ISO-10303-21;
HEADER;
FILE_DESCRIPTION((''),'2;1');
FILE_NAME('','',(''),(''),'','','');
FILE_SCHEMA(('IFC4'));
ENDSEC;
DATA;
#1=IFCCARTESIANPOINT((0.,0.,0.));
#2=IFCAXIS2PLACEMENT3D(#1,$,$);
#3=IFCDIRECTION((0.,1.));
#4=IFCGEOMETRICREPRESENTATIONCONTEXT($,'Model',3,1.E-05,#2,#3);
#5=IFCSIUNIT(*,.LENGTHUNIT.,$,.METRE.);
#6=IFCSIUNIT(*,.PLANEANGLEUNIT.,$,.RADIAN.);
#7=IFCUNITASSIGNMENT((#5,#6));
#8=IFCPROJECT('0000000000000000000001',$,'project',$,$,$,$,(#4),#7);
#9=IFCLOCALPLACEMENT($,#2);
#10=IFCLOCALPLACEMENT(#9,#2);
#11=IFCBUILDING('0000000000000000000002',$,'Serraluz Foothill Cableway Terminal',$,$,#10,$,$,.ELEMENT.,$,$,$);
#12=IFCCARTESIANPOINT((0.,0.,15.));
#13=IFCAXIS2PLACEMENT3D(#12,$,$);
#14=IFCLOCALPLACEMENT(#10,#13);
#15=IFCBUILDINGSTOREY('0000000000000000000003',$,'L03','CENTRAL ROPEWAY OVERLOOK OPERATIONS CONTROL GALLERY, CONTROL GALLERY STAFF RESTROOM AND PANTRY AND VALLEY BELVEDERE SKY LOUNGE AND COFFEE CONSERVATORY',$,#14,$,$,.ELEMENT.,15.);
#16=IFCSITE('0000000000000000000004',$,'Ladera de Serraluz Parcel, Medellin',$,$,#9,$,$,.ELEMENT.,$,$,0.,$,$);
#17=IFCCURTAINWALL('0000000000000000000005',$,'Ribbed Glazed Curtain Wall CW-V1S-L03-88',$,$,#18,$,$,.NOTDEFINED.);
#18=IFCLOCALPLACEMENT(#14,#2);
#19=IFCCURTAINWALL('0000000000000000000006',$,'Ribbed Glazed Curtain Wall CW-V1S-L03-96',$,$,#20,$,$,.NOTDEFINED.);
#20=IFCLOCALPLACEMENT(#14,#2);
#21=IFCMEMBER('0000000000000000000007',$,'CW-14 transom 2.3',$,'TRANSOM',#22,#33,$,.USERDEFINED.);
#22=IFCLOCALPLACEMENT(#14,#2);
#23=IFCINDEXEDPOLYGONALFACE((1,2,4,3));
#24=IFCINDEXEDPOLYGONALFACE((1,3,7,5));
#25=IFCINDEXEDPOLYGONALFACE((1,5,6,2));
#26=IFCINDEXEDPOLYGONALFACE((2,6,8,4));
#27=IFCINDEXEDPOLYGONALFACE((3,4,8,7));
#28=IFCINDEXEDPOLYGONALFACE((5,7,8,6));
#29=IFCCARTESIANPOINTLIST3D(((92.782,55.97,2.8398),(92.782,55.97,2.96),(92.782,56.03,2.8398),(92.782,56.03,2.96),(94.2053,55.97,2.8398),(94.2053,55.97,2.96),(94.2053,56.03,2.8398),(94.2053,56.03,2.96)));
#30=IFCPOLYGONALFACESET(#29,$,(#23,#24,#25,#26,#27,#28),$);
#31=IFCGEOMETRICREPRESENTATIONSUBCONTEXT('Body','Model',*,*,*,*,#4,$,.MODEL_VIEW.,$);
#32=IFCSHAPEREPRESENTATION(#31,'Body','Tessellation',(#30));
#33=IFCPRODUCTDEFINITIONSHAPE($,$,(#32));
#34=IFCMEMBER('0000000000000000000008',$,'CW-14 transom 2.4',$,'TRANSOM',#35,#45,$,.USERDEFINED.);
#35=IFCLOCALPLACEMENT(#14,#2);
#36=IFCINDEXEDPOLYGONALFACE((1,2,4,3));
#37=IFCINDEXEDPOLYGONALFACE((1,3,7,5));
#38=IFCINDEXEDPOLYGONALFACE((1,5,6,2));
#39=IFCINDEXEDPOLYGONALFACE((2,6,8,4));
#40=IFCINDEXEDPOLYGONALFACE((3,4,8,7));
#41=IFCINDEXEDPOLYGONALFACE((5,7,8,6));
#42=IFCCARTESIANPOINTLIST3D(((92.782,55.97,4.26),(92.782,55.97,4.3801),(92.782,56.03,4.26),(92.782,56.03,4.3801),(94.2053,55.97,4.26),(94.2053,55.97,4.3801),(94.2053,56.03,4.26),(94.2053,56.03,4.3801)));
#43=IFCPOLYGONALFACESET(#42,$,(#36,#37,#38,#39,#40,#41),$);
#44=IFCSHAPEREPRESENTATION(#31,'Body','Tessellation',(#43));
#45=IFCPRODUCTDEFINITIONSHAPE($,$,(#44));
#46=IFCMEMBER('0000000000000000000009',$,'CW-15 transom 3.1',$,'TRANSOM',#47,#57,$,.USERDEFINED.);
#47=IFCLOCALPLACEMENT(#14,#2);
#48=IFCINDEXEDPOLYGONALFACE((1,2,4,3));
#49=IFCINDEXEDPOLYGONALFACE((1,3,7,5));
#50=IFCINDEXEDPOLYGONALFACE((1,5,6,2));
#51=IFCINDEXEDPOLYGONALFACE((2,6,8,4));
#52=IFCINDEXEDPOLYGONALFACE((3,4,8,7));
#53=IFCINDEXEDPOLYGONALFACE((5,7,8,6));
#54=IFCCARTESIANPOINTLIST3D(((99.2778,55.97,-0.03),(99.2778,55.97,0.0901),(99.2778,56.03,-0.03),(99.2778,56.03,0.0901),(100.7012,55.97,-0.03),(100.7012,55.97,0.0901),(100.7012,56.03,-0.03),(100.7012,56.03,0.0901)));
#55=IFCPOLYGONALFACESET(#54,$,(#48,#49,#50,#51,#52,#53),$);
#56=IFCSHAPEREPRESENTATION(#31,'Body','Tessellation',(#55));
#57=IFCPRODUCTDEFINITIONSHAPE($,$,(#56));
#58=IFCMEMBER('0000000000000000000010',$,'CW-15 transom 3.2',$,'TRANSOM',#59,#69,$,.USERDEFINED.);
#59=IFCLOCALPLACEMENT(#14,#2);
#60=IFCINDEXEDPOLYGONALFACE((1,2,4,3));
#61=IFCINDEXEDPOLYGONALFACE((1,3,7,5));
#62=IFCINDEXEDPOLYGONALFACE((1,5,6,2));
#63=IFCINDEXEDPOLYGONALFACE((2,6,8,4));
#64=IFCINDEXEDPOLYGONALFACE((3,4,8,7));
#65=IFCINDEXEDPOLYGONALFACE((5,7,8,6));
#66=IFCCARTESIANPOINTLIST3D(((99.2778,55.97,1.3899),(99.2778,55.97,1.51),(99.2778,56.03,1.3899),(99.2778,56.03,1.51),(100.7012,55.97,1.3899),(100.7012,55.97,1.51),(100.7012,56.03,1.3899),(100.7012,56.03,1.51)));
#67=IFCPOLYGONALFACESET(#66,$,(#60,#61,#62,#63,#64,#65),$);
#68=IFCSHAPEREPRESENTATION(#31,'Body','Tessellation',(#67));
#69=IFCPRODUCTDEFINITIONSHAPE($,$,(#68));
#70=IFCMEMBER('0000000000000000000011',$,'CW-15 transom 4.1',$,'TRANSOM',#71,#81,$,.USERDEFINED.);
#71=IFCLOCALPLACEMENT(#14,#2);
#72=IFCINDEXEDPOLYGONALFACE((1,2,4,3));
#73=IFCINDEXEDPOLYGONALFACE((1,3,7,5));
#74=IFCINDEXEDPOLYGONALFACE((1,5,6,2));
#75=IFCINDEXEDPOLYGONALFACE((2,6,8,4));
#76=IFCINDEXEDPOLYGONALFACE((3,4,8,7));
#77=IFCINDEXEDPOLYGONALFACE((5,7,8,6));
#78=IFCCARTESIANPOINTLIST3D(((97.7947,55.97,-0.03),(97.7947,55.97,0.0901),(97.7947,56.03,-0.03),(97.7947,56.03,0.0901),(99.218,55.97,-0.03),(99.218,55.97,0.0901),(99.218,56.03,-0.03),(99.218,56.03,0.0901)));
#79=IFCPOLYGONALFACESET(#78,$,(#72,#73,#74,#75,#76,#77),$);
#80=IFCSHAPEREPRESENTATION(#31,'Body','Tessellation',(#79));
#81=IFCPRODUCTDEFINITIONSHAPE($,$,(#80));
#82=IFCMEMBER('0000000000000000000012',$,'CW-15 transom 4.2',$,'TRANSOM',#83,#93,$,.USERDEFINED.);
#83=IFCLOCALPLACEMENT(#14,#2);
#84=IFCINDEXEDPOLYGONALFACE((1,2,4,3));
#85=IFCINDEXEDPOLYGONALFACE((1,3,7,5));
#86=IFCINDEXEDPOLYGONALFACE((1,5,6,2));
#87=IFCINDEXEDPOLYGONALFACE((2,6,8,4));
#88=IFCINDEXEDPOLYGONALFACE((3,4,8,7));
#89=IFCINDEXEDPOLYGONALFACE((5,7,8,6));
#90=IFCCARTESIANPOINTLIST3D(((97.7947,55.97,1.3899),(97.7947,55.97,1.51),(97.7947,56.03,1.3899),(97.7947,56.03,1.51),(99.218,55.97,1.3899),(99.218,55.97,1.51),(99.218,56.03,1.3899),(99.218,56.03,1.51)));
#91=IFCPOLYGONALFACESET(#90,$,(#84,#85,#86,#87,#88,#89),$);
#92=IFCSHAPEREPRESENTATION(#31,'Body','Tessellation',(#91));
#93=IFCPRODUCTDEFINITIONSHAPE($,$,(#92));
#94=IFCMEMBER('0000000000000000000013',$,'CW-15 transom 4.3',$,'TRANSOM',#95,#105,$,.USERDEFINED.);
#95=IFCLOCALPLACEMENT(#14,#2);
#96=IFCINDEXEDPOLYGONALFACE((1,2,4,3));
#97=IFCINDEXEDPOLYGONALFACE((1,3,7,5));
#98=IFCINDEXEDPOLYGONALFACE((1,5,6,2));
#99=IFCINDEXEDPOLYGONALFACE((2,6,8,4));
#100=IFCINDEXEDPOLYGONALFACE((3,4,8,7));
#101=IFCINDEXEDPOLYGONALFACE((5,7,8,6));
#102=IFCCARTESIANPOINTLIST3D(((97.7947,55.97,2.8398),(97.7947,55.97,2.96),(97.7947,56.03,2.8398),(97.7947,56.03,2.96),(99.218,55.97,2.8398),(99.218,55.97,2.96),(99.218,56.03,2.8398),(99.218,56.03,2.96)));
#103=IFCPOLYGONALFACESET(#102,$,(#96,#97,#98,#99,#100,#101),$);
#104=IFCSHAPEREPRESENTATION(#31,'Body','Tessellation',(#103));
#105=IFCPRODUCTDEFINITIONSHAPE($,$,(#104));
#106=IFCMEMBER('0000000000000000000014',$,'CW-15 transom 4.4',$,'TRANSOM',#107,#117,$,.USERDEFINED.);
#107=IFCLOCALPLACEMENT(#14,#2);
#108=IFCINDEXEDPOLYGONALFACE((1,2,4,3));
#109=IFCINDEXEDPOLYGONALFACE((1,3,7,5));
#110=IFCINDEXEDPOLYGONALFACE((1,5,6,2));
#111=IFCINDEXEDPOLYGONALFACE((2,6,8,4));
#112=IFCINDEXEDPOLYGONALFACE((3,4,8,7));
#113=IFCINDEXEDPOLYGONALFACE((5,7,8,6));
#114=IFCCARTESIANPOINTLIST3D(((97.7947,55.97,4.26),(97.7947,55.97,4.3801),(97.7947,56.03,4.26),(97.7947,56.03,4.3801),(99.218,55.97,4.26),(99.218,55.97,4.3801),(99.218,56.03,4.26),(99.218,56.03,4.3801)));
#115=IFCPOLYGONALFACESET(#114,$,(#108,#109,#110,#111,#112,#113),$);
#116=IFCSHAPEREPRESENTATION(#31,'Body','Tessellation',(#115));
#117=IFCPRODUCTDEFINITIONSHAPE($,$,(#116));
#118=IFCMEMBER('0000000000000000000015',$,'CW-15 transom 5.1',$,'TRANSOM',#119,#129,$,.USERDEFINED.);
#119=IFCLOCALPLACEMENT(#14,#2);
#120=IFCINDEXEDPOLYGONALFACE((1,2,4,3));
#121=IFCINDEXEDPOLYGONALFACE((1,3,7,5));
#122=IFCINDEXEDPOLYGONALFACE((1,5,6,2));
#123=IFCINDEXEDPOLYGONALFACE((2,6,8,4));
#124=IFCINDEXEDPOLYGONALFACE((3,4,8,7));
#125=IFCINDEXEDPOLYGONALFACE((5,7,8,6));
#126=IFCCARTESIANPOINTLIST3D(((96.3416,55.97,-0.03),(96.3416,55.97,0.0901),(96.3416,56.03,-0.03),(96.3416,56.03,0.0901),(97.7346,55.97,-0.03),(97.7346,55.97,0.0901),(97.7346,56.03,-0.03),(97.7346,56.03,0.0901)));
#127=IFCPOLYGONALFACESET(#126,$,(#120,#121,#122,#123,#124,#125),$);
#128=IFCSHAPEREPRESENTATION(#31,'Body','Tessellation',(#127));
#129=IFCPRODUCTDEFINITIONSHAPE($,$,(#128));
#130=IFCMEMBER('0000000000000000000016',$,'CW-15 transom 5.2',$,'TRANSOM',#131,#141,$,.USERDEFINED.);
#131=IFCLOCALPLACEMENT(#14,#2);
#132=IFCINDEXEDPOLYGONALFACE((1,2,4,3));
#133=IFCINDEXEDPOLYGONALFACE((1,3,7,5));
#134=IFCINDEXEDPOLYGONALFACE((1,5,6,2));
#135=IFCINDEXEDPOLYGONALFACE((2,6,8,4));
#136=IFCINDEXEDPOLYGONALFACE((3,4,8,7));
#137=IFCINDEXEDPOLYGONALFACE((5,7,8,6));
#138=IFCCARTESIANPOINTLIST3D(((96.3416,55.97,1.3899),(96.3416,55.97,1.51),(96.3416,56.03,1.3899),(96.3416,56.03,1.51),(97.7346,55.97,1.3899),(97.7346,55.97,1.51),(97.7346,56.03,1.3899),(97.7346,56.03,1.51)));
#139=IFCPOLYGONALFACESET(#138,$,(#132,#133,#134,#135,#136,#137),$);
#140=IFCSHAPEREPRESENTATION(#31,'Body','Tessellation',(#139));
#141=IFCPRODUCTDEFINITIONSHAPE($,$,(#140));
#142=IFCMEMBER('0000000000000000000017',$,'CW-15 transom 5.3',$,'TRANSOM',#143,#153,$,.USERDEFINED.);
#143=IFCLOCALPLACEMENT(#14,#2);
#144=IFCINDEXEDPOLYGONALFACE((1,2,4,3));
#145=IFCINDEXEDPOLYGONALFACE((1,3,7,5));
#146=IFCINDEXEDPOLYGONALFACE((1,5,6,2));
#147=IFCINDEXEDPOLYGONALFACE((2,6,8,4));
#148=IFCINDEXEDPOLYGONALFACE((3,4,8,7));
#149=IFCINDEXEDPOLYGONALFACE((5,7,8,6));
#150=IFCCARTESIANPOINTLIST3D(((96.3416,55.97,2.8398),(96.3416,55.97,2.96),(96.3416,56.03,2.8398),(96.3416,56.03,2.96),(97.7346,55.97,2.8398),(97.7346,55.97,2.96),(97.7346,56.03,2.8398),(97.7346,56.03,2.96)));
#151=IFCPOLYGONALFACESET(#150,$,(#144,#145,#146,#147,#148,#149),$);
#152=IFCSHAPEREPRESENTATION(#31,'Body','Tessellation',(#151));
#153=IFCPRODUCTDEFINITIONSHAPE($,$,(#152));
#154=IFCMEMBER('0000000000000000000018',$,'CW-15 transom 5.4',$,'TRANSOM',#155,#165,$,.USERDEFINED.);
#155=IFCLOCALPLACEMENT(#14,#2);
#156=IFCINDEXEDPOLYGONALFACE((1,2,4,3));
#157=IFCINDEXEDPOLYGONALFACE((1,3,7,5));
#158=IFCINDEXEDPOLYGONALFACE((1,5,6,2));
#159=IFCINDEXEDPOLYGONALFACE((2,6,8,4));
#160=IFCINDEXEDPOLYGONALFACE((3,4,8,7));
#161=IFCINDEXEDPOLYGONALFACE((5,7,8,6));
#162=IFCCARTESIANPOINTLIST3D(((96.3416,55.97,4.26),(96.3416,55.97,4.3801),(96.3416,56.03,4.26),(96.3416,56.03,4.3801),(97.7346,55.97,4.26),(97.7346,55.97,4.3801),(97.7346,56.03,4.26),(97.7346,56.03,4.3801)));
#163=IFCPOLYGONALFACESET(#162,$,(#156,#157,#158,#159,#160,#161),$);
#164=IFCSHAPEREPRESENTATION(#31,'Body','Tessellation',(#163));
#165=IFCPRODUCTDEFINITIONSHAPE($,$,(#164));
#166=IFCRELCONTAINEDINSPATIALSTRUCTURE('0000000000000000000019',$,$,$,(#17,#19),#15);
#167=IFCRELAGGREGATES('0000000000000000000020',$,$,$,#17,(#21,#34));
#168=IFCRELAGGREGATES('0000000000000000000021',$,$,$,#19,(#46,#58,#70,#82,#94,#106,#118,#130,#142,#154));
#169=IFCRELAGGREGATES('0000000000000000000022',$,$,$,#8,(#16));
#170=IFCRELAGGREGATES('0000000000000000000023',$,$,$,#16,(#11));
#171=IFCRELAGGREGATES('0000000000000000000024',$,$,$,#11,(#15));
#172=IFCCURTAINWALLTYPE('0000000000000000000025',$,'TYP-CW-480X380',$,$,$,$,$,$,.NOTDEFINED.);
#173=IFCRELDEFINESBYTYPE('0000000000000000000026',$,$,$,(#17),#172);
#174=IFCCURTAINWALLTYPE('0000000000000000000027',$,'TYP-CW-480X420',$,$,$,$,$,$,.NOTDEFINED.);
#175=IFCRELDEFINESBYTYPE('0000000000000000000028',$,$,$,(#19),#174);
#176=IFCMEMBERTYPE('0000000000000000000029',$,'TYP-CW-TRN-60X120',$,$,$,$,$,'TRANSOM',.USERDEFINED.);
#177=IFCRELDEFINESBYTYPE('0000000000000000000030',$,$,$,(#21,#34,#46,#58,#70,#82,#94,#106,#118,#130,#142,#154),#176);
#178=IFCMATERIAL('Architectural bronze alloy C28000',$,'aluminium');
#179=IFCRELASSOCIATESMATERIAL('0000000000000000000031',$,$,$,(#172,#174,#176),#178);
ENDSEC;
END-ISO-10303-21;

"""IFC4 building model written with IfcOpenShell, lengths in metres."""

from ifc_helpers import new_model, si_unit, direction, frame, origin, origin_2d, place, context, subcontext, project, spatial, rectangle, extrude, material, material_profile, profile_set, type_object, element, aggregate, save


model = new_model("IFC4")

# Units and contexts
model_context = context("Model", 3, precision=1e-05, world=origin(), true_north=direction((0.0, 1.0)))
body_context = subcontext(model_context, "Body", "Model", "MODEL_VIEW")
ifc_project = project(units=[si_unit("LENGTHUNIT", "METRE"), si_unit("PLANEANGLEUNIT", "RADIAN")], contexts=[model_context])

# Site, building, storey
site_placement = place(None, origin())
site = spatial("IfcSite", under=ifc_project, at=site_placement, Name="Ladera de Serraluz Parcel, Medellin", CompositionType="ELEMENT", RefElevation=0.0)
building_placement = place(site_placement, origin())
building = spatial("IfcBuilding", under=site, at=building_placement, Name="Serraluz Foothill Cableway Terminal", CompositionType="ELEMENT")
storey_placement = place(building_placement, frame((0.0, 0.0, 15.0)))
storey = spatial("IfcBuildingStorey", under=building, at=storey_placement, Name="L03", Description="CENTRAL ROPEWAY OVERLOOK OPERATIONS CONTROL GALLERY, CONTROL GALLERY STAFF RESTROOM AND PANTRY AND VALLEY BELVEDERE SKY LOUNGE AND COFFEE CONSERVATORY", CompositionType="ELEMENT", Elevation=15.0)

# Curtain walls
ifc_material_1 = material(Name="Architectural bronze alloy C28000", Category="aluminium")
curtain_wall_type_1 = type_object("IfcCurtainWallType", Name="TYP-CW-480X380", PredefinedType="NOTDEFINED", material=ifc_material_1)
curtain_wall_1_placement = place(storey_placement, origin())
curtain_wall_1 = element("IfcCurtainWall", 1, at=curtain_wall_1_placement, inside=storey, type_object=curtain_wall_type_1, Name="Ribbed Glazed Curtain Wall CW-V1S-L03-88", PredefinedType="NOTDEFINED")
curtain_wall_type_2 = type_object("IfcCurtainWallType", Name="TYP-CW-480X420", PredefinedType="NOTDEFINED", material=ifc_material_1)
curtain_wall_2_placement = place(storey_placement, origin())
curtain_wall_2 = element("IfcCurtainWall", 2, at=curtain_wall_2_placement, inside=storey, type_object=curtain_wall_type_2, Name="Ribbed Glazed Curtain Wall CW-V1S-L03-96", PredefinedType="NOTDEFINED")

# Members
ifc_material_profile_1 = material_profile(ifc_material_1, rectangle(XDim=0.0601, YDim=0.1201, at=origin_2d()), Name="ALU TRANSOM 60x120")
ifc_profile_set_1 = profile_set([ifc_material_profile_1], Name="Architectural bronze alloy C28000")
member_type_1 = type_object("IfcMemberType", Name="TYP-CW-TRN-60X120", ElementType="TRANSOM", PredefinedType="USERDEFINED", material=ifc_profile_set_1)
member_1_placement = place(storey_placement, frame((94.2053, 56.0, 2.8999), z_axis=(-1.0, 0.0, 0.0), x_axis=(0.0, -1.0, 0.0)))
member_1 = element("IfcMember", 3, at=member_1_placement, type_object=member_type_1, Name="CW-14 transom 2.3", ObjectType="TRANSOM", PredefinedType="USERDEFINED", context=body_context, shape_type="SweptSolid", body=[
    extrude(rectangle(XDim=0.0601, YDim=0.1201, at=origin_2d()), origin(), (0.0, 0.0, 1.0), 1.4233),
])
member_2_placement = place(storey_placement, frame((94.2053, 56.0, 4.3201), z_axis=(-1.0, 0.0, 0.0), x_axis=(0.0, -1.0, 0.0)))
member_2 = element("IfcMember", 4, at=member_2_placement, type_object=member_type_1, Name="CW-14 transom 2.4", ObjectType="TRANSOM", PredefinedType="USERDEFINED", context=body_context, shape_type="SweptSolid", body=[
    extrude(rectangle(XDim=0.0601, YDim=0.1201, at=origin_2d()), origin(), (0.0, 0.0, 1.0), 1.4233),
])
member_3_placement = place(storey_placement, frame((100.7012, 56.0, 0.03), z_axis=(-1.0, 0.0, 0.0), x_axis=(0.0, -1.0, 0.0)))
member_3 = element("IfcMember", 5, at=member_3_placement, type_object=member_type_1, Name="CW-15 transom 3.1", ObjectType="TRANSOM", PredefinedType="USERDEFINED", context=body_context, shape_type="SweptSolid", body=[
    extrude(rectangle(XDim=0.0601, YDim=0.1201, at=origin_2d()), origin(), (0.0, 0.0, 1.0), 1.4233),
])
member_4_placement = place(storey_placement, frame((100.7012, 56.0, 1.45), z_axis=(-1.0, 0.0, 0.0), x_axis=(0.0, -1.0, 0.0)))
member_4 = element("IfcMember", 6, at=member_4_placement, type_object=member_type_1, Name="CW-15 transom 3.2", ObjectType="TRANSOM", PredefinedType="USERDEFINED", context=body_context, shape_type="SweptSolid", body=[
    extrude(rectangle(XDim=0.0601, YDim=0.1201, at=origin_2d()), origin(), (0.0, 0.0, 1.0), 1.4233),
])
member_5_placement = place(storey_placement, frame((99.218, 56.0, 0.03), z_axis=(-1.0, 0.0, 0.0), x_axis=(0.0, -1.0, 0.0)))
member_5 = element("IfcMember", 7, at=member_5_placement, type_object=member_type_1, Name="CW-15 transom 4.1", ObjectType="TRANSOM", PredefinedType="USERDEFINED", context=body_context, shape_type="SweptSolid", body=[
    extrude(rectangle(XDim=0.0601, YDim=0.1201, at=origin_2d()), origin(), (0.0, 0.0, 1.0), 1.4233),
])
member_6_placement = place(storey_placement, frame((99.218, 56.0, 1.45), z_axis=(-1.0, 0.0, 0.0), x_axis=(0.0, -1.0, 0.0)))
member_6 = element("IfcMember", 8, at=member_6_placement, type_object=member_type_1, Name="CW-15 transom 4.2", ObjectType="TRANSOM", PredefinedType="USERDEFINED", context=body_context, shape_type="SweptSolid", body=[
    extrude(rectangle(XDim=0.0601, YDim=0.1201, at=origin_2d()), origin(), (0.0, 0.0, 1.0), 1.4233),
])
member_7_placement = place(storey_placement, frame((99.218, 56.0, 2.8999), z_axis=(-1.0, 0.0, 0.0), x_axis=(0.0, -1.0, 0.0)))
member_7 = element("IfcMember", 9, at=member_7_placement, type_object=member_type_1, Name="CW-15 transom 4.3", ObjectType="TRANSOM", PredefinedType="USERDEFINED", context=body_context, shape_type="SweptSolid", body=[
    extrude(rectangle(XDim=0.0601, YDim=0.1201, at=origin_2d()), origin(), (0.0, 0.0, 1.0), 1.4233),
])
member_8_placement = place(storey_placement, frame((99.218, 56.0, 4.3201), z_axis=(-1.0, 0.0, 0.0), x_axis=(0.0, -1.0, 0.0)))
member_8 = element("IfcMember", 10, at=member_8_placement, type_object=member_type_1, Name="CW-15 transom 4.4", ObjectType="TRANSOM", PredefinedType="USERDEFINED", context=body_context, shape_type="SweptSolid", body=[
    extrude(rectangle(XDim=0.0601, YDim=0.1201, at=origin_2d()), origin(), (0.0, 0.0, 1.0), 1.4233),
])
member_9_placement = place(storey_placement, frame((97.7346, 56.0, 0.03), z_axis=(-1.0, 0.0, 0.0), x_axis=(0.0, -1.0, 0.0)))
member_9 = element("IfcMember", 11, at=member_9_placement, type_object=member_type_1, Name="CW-15 transom 5.1", ObjectType="TRANSOM", PredefinedType="USERDEFINED", context=body_context, shape_type="SweptSolid", body=[
    extrude(rectangle(XDim=0.0601, YDim=0.1201, at=origin_2d()), origin(), (0.0, 0.0, 1.0), 1.3931),
])
member_10_placement = place(storey_placement, frame((97.7346, 56.0, 1.45), z_axis=(-1.0, 0.0, 0.0), x_axis=(0.0, -1.0, 0.0)))
member_10 = element("IfcMember", 12, at=member_10_placement, type_object=member_type_1, Name="CW-15 transom 5.2", ObjectType="TRANSOM", PredefinedType="USERDEFINED", context=body_context, shape_type="SweptSolid", body=[
    extrude(rectangle(XDim=0.0601, YDim=0.1201, at=origin_2d()), origin(), (0.0, 0.0, 1.0), 1.3931),
])
member_11_placement = place(storey_placement, frame((97.7346, 56.0, 2.8999), z_axis=(-1.0, 0.0, 0.0), x_axis=(0.0, -1.0, 0.0)))
member_11 = element("IfcMember", 13, at=member_11_placement, type_object=member_type_1, Name="CW-15 transom 5.3", ObjectType="TRANSOM", PredefinedType="USERDEFINED", context=body_context, shape_type="SweptSolid", body=[
    extrude(rectangle(XDim=0.0601, YDim=0.1201, at=origin_2d()), origin(), (0.0, 0.0, 1.0), 1.3931),
])
member_12_placement = place(storey_placement, frame((97.7346, 56.0, 4.3201), z_axis=(-1.0, 0.0, 0.0), x_axis=(0.0, -1.0, 0.0)))
member_12 = element("IfcMember", 14, at=member_12_placement, type_object=member_type_1, Name="CW-15 transom 5.4", ObjectType="TRANSOM", PredefinedType="USERDEFINED", context=body_context, shape_type="SweptSolid", body=[
    extrude(rectangle(XDim=0.0601, YDim=0.1201, at=origin_2d()), origin(), (0.0, 0.0, 1.0), 1.3931),
])

aggregate(curtain_wall_1, [member_1, member_2])
aggregate(curtain_wall_2, [member_3, member_4, member_5, member_6, member_7, member_8, member_9, member_10, member_11, member_12])

save(model, "model.ifc")
